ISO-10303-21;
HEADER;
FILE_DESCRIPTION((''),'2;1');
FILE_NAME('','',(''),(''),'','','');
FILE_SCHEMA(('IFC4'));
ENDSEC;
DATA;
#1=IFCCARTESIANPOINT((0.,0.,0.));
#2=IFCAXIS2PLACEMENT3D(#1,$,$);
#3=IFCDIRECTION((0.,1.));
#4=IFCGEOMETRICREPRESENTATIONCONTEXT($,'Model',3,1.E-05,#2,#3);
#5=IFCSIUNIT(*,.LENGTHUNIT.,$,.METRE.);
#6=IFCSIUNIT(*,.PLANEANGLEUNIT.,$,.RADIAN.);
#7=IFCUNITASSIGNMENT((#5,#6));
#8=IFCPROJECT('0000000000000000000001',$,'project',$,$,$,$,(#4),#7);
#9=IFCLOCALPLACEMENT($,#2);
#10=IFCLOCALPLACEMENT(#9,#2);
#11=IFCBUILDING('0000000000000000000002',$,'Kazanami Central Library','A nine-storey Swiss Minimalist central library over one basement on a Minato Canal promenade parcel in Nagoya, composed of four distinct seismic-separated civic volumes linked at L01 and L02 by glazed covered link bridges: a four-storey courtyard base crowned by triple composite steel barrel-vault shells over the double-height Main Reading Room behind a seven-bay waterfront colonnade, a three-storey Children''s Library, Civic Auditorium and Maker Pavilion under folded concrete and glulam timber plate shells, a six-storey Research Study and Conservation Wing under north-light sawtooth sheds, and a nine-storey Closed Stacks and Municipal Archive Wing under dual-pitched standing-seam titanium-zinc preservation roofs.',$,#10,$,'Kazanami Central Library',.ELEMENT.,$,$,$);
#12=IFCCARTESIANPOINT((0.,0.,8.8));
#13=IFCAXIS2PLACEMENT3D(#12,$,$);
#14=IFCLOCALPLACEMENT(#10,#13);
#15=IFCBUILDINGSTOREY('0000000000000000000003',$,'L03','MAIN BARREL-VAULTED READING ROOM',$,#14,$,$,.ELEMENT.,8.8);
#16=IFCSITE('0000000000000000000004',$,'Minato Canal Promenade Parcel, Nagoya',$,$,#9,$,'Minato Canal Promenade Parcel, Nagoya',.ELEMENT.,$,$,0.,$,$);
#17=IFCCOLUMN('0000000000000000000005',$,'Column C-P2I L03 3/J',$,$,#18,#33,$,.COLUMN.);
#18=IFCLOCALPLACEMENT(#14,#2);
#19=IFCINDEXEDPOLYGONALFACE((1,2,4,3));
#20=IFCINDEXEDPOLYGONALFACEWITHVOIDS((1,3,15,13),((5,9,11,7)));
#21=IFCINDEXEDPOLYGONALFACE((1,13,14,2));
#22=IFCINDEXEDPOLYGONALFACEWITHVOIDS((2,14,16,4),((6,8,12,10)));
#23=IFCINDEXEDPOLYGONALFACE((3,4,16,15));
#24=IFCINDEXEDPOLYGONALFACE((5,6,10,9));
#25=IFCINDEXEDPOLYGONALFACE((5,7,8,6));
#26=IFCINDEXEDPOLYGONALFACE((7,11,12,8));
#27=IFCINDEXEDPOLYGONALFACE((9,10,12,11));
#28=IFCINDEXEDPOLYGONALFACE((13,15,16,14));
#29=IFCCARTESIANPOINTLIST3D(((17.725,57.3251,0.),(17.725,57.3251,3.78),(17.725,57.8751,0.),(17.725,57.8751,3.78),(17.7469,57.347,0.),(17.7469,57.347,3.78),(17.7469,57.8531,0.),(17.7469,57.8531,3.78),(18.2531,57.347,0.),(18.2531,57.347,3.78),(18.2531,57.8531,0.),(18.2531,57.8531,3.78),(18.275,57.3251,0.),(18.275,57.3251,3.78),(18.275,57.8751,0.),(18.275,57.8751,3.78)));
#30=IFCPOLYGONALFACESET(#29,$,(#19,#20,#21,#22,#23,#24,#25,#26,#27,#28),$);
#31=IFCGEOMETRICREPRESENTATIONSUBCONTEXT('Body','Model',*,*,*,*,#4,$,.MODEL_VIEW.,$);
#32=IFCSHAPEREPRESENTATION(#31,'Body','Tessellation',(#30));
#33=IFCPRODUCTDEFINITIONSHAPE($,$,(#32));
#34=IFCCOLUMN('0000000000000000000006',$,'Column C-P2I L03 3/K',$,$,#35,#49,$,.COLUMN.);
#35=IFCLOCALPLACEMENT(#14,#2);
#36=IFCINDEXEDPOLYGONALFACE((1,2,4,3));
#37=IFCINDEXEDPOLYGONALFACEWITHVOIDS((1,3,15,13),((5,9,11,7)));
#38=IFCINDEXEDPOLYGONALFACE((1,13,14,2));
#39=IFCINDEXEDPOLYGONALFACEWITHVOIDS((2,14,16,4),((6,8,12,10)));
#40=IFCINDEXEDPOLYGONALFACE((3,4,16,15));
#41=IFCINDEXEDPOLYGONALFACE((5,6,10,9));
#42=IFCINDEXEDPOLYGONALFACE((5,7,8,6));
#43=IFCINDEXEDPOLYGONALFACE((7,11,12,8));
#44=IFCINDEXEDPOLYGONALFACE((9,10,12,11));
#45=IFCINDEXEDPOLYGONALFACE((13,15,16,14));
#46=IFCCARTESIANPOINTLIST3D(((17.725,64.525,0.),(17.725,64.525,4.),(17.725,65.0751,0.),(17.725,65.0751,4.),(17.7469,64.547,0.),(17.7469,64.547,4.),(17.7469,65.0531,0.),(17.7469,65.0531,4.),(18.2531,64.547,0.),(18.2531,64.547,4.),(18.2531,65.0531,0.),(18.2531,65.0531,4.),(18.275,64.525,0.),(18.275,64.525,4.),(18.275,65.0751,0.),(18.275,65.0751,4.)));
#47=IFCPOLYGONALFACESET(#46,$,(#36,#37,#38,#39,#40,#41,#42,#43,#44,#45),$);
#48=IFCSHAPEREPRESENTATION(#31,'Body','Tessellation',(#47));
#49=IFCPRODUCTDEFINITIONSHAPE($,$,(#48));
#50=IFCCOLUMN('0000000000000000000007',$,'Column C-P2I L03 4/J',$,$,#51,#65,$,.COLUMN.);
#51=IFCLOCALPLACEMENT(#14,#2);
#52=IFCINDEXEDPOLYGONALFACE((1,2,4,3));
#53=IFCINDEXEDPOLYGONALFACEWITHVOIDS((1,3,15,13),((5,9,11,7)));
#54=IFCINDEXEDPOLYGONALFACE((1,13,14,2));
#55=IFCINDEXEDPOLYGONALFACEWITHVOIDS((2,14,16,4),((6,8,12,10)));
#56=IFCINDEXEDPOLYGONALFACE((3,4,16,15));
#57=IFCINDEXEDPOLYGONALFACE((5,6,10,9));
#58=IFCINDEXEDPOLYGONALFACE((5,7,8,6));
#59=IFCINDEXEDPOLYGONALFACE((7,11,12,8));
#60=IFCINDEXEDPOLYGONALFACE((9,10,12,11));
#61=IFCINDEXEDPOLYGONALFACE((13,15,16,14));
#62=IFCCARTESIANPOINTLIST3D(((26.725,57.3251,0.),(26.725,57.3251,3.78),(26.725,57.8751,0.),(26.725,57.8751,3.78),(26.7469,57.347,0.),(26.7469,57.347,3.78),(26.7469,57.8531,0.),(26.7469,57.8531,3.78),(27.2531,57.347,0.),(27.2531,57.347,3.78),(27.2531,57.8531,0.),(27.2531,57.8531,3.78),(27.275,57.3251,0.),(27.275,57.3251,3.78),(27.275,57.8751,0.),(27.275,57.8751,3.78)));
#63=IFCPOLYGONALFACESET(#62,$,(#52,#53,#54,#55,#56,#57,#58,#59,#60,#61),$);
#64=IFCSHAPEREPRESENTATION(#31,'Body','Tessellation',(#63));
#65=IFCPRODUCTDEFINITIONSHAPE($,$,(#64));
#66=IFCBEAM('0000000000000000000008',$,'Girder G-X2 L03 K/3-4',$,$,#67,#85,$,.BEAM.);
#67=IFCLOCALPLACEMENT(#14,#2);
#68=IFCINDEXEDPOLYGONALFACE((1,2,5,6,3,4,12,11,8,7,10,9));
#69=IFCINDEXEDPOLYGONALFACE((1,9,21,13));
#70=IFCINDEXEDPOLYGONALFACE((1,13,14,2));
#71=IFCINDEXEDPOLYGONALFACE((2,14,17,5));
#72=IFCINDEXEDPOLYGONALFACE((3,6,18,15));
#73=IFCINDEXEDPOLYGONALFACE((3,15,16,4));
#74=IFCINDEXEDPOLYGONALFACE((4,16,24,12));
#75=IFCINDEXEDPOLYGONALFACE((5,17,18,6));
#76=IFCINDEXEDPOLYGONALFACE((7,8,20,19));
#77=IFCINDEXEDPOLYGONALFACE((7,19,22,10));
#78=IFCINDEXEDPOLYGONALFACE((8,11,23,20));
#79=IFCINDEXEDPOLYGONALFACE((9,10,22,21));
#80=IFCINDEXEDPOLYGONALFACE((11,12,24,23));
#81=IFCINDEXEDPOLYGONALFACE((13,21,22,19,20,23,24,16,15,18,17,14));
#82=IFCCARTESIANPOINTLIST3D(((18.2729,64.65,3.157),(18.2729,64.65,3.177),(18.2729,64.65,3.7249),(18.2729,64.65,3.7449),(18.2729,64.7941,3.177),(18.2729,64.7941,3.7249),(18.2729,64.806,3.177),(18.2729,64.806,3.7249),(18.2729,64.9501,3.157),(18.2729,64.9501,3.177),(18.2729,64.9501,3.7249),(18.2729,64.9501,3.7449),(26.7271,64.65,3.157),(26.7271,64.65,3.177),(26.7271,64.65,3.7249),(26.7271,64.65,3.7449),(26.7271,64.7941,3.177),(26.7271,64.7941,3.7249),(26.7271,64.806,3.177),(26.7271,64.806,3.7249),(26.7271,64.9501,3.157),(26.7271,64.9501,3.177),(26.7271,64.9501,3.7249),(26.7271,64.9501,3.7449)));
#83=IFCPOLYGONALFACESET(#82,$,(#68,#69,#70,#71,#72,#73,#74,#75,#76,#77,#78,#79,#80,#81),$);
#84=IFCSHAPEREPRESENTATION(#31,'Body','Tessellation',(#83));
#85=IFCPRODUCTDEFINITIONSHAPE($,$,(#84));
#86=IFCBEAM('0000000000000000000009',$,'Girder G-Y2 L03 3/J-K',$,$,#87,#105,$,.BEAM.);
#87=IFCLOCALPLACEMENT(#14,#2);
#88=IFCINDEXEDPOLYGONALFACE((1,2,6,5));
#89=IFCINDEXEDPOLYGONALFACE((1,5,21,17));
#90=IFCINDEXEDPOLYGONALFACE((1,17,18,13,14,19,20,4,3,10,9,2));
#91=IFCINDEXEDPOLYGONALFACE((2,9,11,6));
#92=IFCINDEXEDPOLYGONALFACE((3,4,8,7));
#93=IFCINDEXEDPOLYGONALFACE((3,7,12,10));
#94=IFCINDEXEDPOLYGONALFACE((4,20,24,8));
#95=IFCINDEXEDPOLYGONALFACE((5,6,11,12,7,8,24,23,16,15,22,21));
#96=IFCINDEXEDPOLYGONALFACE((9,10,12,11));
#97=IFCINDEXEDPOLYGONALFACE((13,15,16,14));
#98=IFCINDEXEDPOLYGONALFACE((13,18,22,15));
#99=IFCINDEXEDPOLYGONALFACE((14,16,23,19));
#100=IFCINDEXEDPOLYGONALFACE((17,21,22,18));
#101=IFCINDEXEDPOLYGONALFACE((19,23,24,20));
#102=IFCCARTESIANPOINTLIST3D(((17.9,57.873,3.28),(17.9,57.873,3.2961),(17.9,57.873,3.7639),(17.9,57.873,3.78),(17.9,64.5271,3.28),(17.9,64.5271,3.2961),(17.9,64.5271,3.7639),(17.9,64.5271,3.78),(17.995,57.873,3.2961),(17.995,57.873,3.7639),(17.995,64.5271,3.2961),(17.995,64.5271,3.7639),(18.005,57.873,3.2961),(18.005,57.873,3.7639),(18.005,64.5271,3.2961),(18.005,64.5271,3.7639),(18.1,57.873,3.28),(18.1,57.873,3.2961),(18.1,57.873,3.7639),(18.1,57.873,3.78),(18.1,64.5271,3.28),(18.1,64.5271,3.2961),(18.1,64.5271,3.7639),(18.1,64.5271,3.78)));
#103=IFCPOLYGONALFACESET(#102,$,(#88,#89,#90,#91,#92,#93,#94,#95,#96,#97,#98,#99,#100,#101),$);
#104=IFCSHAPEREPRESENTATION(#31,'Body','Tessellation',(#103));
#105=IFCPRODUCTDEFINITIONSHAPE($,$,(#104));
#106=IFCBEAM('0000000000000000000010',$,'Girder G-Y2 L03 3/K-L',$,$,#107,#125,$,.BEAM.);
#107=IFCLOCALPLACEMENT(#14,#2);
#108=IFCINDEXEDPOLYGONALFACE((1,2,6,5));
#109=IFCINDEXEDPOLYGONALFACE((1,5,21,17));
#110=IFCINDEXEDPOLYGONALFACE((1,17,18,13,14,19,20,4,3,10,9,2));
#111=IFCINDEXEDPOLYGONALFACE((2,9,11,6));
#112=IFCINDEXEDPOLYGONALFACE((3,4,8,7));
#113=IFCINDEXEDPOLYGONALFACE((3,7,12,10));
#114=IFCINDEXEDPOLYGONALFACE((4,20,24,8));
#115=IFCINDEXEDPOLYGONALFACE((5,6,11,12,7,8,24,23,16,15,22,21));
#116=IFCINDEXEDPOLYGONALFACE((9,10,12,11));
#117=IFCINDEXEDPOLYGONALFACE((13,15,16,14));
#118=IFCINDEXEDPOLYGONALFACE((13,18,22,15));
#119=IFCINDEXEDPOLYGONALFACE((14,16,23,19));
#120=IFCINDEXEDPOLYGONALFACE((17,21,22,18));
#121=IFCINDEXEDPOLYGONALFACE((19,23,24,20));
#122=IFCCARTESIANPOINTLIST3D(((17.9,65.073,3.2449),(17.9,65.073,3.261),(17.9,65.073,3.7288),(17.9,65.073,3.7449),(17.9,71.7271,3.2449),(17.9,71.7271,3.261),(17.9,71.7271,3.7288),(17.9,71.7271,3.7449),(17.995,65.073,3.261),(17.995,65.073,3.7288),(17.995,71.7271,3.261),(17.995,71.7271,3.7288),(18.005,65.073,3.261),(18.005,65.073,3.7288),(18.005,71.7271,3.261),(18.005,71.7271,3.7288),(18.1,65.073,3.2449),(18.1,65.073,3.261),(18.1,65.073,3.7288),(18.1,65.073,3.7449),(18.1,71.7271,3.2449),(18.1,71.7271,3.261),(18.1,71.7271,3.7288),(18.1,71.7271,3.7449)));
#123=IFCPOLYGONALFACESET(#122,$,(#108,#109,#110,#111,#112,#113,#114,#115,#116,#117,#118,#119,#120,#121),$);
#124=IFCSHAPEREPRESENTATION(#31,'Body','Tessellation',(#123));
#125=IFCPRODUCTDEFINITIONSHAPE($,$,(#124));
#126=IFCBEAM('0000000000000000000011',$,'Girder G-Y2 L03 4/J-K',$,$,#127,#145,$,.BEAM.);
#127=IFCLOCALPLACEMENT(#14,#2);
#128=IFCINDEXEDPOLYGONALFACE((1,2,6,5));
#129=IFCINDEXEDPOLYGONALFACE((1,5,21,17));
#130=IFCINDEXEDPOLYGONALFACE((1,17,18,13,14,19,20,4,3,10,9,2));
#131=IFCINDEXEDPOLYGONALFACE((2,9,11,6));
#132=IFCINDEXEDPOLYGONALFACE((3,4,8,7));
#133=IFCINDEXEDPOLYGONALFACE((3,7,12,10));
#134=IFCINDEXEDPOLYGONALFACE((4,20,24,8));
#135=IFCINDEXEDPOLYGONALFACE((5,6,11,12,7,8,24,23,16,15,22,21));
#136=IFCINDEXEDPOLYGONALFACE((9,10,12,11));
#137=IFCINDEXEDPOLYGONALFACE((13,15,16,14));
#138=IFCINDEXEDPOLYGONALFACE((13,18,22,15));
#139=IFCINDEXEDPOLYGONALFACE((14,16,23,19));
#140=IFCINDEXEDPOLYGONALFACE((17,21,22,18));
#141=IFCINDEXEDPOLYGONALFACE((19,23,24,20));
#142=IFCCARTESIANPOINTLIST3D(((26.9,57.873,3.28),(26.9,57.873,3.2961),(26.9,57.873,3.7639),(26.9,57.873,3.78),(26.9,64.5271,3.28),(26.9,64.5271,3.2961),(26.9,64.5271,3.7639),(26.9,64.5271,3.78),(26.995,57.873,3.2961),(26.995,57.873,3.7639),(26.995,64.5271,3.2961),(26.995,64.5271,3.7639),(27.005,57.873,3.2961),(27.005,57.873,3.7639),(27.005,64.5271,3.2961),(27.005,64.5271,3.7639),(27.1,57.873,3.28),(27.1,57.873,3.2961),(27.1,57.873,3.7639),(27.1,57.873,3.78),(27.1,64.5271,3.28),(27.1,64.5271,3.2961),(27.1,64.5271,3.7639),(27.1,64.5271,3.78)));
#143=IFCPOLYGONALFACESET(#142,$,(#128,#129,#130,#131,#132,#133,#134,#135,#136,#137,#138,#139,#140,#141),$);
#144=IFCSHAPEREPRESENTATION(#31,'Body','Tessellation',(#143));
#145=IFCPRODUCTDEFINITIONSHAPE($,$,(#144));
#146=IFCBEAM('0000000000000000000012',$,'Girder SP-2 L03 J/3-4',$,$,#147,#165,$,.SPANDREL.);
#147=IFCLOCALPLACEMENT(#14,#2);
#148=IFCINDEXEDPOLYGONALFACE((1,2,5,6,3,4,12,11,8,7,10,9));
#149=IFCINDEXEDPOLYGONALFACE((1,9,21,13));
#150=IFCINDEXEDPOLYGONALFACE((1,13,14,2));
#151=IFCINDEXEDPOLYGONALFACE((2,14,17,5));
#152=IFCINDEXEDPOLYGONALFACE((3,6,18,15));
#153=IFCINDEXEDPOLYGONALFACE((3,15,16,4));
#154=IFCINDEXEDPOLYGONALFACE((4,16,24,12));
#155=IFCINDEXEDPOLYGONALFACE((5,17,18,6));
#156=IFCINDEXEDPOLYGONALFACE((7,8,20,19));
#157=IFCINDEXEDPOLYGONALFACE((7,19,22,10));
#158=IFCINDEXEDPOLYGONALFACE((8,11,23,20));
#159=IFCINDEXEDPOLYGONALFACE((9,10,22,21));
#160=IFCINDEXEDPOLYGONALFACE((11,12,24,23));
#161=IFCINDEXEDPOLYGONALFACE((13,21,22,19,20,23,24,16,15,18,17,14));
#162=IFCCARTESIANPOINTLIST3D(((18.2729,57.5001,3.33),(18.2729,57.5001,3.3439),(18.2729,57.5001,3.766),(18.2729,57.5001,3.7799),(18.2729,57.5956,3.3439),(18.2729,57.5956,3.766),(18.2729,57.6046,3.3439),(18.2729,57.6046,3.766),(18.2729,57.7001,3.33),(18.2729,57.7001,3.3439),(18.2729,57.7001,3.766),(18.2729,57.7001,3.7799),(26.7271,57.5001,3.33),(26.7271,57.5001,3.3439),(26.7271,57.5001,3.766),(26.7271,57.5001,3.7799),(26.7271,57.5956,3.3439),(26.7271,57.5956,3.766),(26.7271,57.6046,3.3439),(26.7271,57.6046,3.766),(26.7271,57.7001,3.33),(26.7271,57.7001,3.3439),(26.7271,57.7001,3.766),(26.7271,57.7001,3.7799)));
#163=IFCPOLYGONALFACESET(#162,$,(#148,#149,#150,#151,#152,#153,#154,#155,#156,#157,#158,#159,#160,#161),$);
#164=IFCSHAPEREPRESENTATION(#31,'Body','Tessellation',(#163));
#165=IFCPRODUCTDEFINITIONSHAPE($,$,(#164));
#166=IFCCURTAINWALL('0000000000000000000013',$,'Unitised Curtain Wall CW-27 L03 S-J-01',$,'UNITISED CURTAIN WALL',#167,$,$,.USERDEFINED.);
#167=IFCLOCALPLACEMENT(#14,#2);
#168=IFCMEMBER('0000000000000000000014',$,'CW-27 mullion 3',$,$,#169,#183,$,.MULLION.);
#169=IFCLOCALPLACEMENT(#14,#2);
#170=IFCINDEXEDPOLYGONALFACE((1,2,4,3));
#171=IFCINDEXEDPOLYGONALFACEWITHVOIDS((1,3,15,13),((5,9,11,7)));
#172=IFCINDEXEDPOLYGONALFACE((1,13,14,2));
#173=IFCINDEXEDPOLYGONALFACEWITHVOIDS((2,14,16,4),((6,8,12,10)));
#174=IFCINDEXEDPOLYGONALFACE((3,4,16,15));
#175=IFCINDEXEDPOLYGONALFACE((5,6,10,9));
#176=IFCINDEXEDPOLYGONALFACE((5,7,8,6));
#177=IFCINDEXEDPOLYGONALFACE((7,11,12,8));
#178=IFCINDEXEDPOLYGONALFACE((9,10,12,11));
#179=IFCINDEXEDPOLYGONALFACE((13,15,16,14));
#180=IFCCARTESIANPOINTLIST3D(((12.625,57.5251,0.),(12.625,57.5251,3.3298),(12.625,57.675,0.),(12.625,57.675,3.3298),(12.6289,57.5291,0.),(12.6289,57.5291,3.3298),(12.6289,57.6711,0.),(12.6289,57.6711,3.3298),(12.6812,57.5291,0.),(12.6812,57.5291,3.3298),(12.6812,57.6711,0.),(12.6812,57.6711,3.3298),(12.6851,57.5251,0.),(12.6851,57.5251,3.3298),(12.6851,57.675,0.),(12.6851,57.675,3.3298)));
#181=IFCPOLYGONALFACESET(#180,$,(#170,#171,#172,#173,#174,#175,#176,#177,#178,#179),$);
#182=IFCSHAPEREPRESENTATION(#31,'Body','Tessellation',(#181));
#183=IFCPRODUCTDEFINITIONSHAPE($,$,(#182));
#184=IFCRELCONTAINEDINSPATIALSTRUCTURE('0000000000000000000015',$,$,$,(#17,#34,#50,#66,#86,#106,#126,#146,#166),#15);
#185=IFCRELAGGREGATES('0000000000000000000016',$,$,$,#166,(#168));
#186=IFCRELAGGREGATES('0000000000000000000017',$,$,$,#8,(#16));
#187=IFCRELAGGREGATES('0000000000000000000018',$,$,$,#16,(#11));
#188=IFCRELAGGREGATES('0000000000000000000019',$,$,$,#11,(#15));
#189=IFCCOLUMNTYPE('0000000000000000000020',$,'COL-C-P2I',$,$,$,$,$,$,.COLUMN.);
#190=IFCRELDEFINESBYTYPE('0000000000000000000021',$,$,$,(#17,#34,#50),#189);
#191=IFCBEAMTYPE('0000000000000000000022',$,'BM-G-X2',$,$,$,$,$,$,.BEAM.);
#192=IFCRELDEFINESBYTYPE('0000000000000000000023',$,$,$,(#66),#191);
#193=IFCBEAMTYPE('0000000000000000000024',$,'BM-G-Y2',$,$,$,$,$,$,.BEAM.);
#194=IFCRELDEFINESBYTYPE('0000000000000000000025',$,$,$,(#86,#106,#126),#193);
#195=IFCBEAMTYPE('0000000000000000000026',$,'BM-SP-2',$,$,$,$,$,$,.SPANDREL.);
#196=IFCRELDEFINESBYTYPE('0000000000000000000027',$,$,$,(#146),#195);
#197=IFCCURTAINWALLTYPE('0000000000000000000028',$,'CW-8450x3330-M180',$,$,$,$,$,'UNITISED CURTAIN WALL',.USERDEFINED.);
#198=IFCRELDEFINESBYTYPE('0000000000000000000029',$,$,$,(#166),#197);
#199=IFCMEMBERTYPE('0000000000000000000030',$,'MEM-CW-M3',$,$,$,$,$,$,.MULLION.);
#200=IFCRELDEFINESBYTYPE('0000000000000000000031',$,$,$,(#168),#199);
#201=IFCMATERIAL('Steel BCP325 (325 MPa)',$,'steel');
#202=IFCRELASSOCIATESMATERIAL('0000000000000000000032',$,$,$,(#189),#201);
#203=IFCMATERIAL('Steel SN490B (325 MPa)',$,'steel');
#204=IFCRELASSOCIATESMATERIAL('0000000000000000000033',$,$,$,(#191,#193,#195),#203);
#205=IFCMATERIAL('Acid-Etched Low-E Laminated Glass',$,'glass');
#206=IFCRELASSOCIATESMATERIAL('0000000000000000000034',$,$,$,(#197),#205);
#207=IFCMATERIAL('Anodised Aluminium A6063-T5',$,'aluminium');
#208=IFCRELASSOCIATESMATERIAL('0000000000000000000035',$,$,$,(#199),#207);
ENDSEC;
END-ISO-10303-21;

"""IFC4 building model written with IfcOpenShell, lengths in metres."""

from ifc_helpers import new_model, si_unit, direction, frame, origin, origin_2d, place, context, subcontext, project, spatial, hollow_rectangle, i_section, extrude, material, material_profile, profile_set, type_object, element, aggregate, save


model = new_model("IFC4")

# Units and contexts
model_context = context("Model", 3, precision=1e-05, world=origin(), true_north=direction((0.0, 1.0)))
body_context = subcontext(model_context, "Body", "Model", "MODEL_VIEW")
ifc_project = project(units=[si_unit("LENGTHUNIT", "METRE"), si_unit("PLANEANGLEUNIT", "RADIAN")], contexts=[model_context])

# Site, building, storey
site_placement = place(None, origin())
site = spatial("IfcSite", under=ifc_project, at=site_placement, Name="Minato Canal Promenade Parcel, Nagoya", LongName="Minato Canal Promenade Parcel, Nagoya", CompositionType="ELEMENT", RefElevation=0.0)
building_placement = place(site_placement, origin())
building = spatial("IfcBuilding", under=site, at=building_placement, Name="Kazanami Central Library", Description="A nine-storey Swiss Minimalist central library over one basement on a Minato Canal promenade parcel in Nagoya, composed of four distinct seismic-separated civic volumes linked at L01 and L02 by glazed covered link bridges: a four-storey courtyard base crowned by triple composite steel barrel-vault shells over the double-height Main Reading Room behind a seven-bay waterfront colonnade, a three-storey Children's Library, Civic Auditorium and Maker Pavilion under folded concrete and glulam timber plate shells, a six-storey Research Study and Conservation Wing under north-light sawtooth sheds, and a nine-storey Closed Stacks and Municipal Archive Wing under dual-pitched standing-seam titanium-zinc preservation roofs.", LongName="Kazanami Central Library", CompositionType="ELEMENT")
storey_placement = place(building_placement, frame((0.0, 0.0, 8.8)))
storey = spatial("IfcBuildingStorey", under=building, at=storey_placement, Name="L03", Description="MAIN BARREL-VAULTED READING ROOM", CompositionType="ELEMENT", Elevation=8.8)

# Columns
ifc_material_1 = material(Name="Steel BCP325 (325 MPa)", Category="steel")
ifc_material_profile_1 = material_profile(ifc_material_1, hollow_rectangle(XDim=0.55, YDim=0.55, WallThickness=0.022, at=origin_2d()), Name="BCP-550x550x22")
ifc_profile_set_1 = profile_set([ifc_material_profile_1], Name="Steel BCP325 (325 MPa)")
column_type = type_object("IfcColumnType", Name="COL-C-P2I", PredefinedType="COLUMN", material=ifc_profile_set_1)
column_1_placement = place(storey_placement, frame((18.0, 57.6001, 0.0), z_axis=(0.0, 0.0, 1.0), x_axis=(1.0, 0.0, 0.0)))
element("IfcColumn", 1, at=column_1_placement, inside=storey, type_object=column_type, Name="Column C-P2I L03 3/J", PredefinedType="COLUMN", context=body_context, shape_type="SweptSolid", body=[
    extrude(hollow_rectangle(XDim=0.55, YDim=0.55, WallThickness=0.022, at=origin_2d()), origin(), (0.0, 0.0, 1.0), 3.78),
])
column_2_placement = place(storey_placement, frame((18.0, 64.8, 0.0), z_axis=(0.0, 0.0, 1.0), x_axis=(1.0, 0.0, 0.0)))
element("IfcColumn", 2, at=column_2_placement, inside=storey, type_object=column_type, Name="Column C-P2I L03 3/K", PredefinedType="COLUMN", context=body_context, shape_type="SweptSolid", body=[
    extrude(hollow_rectangle(XDim=0.55, YDim=0.55, WallThickness=0.022, at=origin_2d()), origin(), (0.0, 0.0, 1.0), 4.0),
])
column_3_placement = place(storey_placement, frame((27.0, 57.6001, 0.0), z_axis=(0.0, 0.0, 1.0), x_axis=(1.0, 0.0, 0.0)))
element("IfcColumn", 3, at=column_3_placement, inside=storey, type_object=column_type, Name="Column C-P2I L03 4/J", PredefinedType="COLUMN", context=body_context, shape_type="SweptSolid", body=[
    extrude(hollow_rectangle(XDim=0.55, YDim=0.55, WallThickness=0.022, at=origin_2d()), origin(), (0.0, 0.0, 1.0), 3.78),
])

# Beams
ifc_material_2 = material(Name="Steel SN490B (325 MPa)", Category="steel")
ifc_material_profile_2 = material_profile(ifc_material_2, i_section(OverallWidth=0.3, OverallDepth=0.5879, WebThickness=0.012, FlangeThickness=0.02, at=origin_2d()), Name="H-588x300x12x20")
ifc_profile_set_2 = profile_set([ifc_material_profile_2], Name="Steel SN490B (325 MPa)")
beam_type_1 = type_object("IfcBeamType", Name="BM-G-X2", PredefinedType="BEAM", material=ifc_profile_set_2)
beam_1_placement = place(storey_placement, frame((18.2729, 64.8, 3.4509), z_axis=(1.0, 0.0, 0.0), x_axis=(0.0, 1.0, 0.0)))
element("IfcBeam", 4, at=beam_1_placement, inside=storey, type_object=beam_type_1, Name="Girder G-X2 L03 K/3-4", PredefinedType="BEAM", context=body_context, shape_type="SweptSolid", body=[
    extrude(i_section(OverallWidth=0.3, OverallDepth=0.5879, WebThickness=0.012, FlangeThickness=0.02, at=origin_2d()), origin(), (0.0, 0.0, 1.0), 8.4541),
])
ifc_material_profile_3 = material_profile(ifc_material_2, i_section(OverallWidth=0.2, OverallDepth=0.5, WebThickness=0.01, FlangeThickness=0.0161, at=origin_2d()), Name="H-500x200x10x16")
ifc_profile_set_3 = profile_set([ifc_material_profile_3], Name="Steel SN490B (325 MPa)")
beam_type_2 = type_object("IfcBeamType", Name="BM-G-Y2", PredefinedType="BEAM", material=ifc_profile_set_3)
for number, where, z_axis, x_axis, name in (
    (5, (18.0, 57.873, 3.53), (0.0, 1.0, 0.0), (-1.0, 0.0, 0.0), "Girder G-Y2 L03 3/J-K"),
    (6, (18.0, 65.073, 3.4949), (0.0, 1.0, 0.0), (-1.0, 0.0, 0.0), "Girder G-Y2 L03 3/K-L"),
    (7, (27.0, 57.873, 3.53), (0.0, 1.0, 0.0), (-1.0, 0.0, 0.0), "Girder G-Y2 L03 4/J-K"),
):
    element("IfcBeam", number, at=place(storey_placement, frame(where, z_axis=z_axis, x_axis=x_axis)), inside=storey, type_object=beam_type_2, Name=name, PredefinedType="BEAM", context=body_context, shape_type="SweptSolid", body=[
        extrude(i_section(OverallWidth=0.2, OverallDepth=0.5, WebThickness=0.01, FlangeThickness=0.0161, at=origin_2d()), origin(), (0.0, 0.0, 1.0), 6.6541),
    ])
ifc_material_profile_4 = material_profile(ifc_material_2, i_section(OverallWidth=0.2, OverallDepth=0.45, WebThickness=0.009, FlangeThickness=0.0139, at=origin_2d()), Name="H-450x200x9x14")
ifc_profile_set_4 = profile_set([ifc_material_profile_4], Name="Steel SN490B (325 MPa)")
beam_type_3 = type_object("IfcBeamType", Name="BM-SP-2", PredefinedType="SPANDREL", material=ifc_profile_set_4)
beam_2_placement = place(storey_placement, frame((18.2729, 57.6001, 3.5549), z_axis=(1.0, 0.0, 0.0), x_axis=(0.0, 1.0, 0.0)))
element("IfcBeam", 8, at=beam_2_placement, inside=storey, type_object=beam_type_3, Name="Girder SP-2 L03 J/3-4", PredefinedType="SPANDREL", context=body_context, shape_type="SweptSolid", body=[
    extrude(i_section(OverallWidth=0.2, OverallDepth=0.45, WebThickness=0.009, FlangeThickness=0.0139, at=origin_2d()), origin(), (0.0, 0.0, 1.0), 8.4541),
])

# Curtain wall, member
ifc_material_3 = material(Name="Acid-Etched Low-E Laminated Glass", Category="glass")
curtain_wall_type = type_object("IfcCurtainWallType", Name="CW-8450x3330-M180", ElementType="UNITISED CURTAIN WALL", PredefinedType="USERDEFINED", material=ifc_material_3)
curtain_wall_placement = place(storey_placement, origin())
curtain_wall = element("IfcCurtainWall", 9, at=curtain_wall_placement, inside=storey, type_object=curtain_wall_type, Name="Unitised Curtain Wall CW-27 L03 S-J-01", ObjectType="UNITISED CURTAIN WALL", PredefinedType="USERDEFINED")
ifc_material_4 = material(Name="Anodised Aluminium A6063-T5", Category="aluminium")
ifc_material_profile_5 = material_profile(ifc_material_4, hollow_rectangle(XDim=0.0601, YDim=0.1499, WallThickness=0.0039, at=origin_2d()), Name="ALU-MULL-60x150x4")
ifc_profile_set_5 = profile_set([ifc_material_profile_5], Name="Anodised Aluminium A6063-T5")
member_type_1 = type_object("IfcMemberType", Name="MEM-CW-M3", PredefinedType="MULLION", material=ifc_profile_set_5)
member_1_placement = place(storey_placement, frame((12.655, 57.6001, 0.0), z_axis=(0.0, 0.0, 1.0), x_axis=(1.0, 0.0, 0.0)))
member_1 = element("IfcMember", 10, at=member_1_placement, type_object=member_type_1, Name="CW-27 mullion 3", PredefinedType="MULLION", context=body_context, shape_type="SweptSolid", body=[
    extrude(hollow_rectangle(XDim=0.0601, YDim=0.1499, WallThickness=0.0039, at=origin_2d()), origin(), (0.0, 0.0, 1.0), 3.3298),
])
aggregate(curtain_wall, [member_1])

save(model, "model.ifc")
